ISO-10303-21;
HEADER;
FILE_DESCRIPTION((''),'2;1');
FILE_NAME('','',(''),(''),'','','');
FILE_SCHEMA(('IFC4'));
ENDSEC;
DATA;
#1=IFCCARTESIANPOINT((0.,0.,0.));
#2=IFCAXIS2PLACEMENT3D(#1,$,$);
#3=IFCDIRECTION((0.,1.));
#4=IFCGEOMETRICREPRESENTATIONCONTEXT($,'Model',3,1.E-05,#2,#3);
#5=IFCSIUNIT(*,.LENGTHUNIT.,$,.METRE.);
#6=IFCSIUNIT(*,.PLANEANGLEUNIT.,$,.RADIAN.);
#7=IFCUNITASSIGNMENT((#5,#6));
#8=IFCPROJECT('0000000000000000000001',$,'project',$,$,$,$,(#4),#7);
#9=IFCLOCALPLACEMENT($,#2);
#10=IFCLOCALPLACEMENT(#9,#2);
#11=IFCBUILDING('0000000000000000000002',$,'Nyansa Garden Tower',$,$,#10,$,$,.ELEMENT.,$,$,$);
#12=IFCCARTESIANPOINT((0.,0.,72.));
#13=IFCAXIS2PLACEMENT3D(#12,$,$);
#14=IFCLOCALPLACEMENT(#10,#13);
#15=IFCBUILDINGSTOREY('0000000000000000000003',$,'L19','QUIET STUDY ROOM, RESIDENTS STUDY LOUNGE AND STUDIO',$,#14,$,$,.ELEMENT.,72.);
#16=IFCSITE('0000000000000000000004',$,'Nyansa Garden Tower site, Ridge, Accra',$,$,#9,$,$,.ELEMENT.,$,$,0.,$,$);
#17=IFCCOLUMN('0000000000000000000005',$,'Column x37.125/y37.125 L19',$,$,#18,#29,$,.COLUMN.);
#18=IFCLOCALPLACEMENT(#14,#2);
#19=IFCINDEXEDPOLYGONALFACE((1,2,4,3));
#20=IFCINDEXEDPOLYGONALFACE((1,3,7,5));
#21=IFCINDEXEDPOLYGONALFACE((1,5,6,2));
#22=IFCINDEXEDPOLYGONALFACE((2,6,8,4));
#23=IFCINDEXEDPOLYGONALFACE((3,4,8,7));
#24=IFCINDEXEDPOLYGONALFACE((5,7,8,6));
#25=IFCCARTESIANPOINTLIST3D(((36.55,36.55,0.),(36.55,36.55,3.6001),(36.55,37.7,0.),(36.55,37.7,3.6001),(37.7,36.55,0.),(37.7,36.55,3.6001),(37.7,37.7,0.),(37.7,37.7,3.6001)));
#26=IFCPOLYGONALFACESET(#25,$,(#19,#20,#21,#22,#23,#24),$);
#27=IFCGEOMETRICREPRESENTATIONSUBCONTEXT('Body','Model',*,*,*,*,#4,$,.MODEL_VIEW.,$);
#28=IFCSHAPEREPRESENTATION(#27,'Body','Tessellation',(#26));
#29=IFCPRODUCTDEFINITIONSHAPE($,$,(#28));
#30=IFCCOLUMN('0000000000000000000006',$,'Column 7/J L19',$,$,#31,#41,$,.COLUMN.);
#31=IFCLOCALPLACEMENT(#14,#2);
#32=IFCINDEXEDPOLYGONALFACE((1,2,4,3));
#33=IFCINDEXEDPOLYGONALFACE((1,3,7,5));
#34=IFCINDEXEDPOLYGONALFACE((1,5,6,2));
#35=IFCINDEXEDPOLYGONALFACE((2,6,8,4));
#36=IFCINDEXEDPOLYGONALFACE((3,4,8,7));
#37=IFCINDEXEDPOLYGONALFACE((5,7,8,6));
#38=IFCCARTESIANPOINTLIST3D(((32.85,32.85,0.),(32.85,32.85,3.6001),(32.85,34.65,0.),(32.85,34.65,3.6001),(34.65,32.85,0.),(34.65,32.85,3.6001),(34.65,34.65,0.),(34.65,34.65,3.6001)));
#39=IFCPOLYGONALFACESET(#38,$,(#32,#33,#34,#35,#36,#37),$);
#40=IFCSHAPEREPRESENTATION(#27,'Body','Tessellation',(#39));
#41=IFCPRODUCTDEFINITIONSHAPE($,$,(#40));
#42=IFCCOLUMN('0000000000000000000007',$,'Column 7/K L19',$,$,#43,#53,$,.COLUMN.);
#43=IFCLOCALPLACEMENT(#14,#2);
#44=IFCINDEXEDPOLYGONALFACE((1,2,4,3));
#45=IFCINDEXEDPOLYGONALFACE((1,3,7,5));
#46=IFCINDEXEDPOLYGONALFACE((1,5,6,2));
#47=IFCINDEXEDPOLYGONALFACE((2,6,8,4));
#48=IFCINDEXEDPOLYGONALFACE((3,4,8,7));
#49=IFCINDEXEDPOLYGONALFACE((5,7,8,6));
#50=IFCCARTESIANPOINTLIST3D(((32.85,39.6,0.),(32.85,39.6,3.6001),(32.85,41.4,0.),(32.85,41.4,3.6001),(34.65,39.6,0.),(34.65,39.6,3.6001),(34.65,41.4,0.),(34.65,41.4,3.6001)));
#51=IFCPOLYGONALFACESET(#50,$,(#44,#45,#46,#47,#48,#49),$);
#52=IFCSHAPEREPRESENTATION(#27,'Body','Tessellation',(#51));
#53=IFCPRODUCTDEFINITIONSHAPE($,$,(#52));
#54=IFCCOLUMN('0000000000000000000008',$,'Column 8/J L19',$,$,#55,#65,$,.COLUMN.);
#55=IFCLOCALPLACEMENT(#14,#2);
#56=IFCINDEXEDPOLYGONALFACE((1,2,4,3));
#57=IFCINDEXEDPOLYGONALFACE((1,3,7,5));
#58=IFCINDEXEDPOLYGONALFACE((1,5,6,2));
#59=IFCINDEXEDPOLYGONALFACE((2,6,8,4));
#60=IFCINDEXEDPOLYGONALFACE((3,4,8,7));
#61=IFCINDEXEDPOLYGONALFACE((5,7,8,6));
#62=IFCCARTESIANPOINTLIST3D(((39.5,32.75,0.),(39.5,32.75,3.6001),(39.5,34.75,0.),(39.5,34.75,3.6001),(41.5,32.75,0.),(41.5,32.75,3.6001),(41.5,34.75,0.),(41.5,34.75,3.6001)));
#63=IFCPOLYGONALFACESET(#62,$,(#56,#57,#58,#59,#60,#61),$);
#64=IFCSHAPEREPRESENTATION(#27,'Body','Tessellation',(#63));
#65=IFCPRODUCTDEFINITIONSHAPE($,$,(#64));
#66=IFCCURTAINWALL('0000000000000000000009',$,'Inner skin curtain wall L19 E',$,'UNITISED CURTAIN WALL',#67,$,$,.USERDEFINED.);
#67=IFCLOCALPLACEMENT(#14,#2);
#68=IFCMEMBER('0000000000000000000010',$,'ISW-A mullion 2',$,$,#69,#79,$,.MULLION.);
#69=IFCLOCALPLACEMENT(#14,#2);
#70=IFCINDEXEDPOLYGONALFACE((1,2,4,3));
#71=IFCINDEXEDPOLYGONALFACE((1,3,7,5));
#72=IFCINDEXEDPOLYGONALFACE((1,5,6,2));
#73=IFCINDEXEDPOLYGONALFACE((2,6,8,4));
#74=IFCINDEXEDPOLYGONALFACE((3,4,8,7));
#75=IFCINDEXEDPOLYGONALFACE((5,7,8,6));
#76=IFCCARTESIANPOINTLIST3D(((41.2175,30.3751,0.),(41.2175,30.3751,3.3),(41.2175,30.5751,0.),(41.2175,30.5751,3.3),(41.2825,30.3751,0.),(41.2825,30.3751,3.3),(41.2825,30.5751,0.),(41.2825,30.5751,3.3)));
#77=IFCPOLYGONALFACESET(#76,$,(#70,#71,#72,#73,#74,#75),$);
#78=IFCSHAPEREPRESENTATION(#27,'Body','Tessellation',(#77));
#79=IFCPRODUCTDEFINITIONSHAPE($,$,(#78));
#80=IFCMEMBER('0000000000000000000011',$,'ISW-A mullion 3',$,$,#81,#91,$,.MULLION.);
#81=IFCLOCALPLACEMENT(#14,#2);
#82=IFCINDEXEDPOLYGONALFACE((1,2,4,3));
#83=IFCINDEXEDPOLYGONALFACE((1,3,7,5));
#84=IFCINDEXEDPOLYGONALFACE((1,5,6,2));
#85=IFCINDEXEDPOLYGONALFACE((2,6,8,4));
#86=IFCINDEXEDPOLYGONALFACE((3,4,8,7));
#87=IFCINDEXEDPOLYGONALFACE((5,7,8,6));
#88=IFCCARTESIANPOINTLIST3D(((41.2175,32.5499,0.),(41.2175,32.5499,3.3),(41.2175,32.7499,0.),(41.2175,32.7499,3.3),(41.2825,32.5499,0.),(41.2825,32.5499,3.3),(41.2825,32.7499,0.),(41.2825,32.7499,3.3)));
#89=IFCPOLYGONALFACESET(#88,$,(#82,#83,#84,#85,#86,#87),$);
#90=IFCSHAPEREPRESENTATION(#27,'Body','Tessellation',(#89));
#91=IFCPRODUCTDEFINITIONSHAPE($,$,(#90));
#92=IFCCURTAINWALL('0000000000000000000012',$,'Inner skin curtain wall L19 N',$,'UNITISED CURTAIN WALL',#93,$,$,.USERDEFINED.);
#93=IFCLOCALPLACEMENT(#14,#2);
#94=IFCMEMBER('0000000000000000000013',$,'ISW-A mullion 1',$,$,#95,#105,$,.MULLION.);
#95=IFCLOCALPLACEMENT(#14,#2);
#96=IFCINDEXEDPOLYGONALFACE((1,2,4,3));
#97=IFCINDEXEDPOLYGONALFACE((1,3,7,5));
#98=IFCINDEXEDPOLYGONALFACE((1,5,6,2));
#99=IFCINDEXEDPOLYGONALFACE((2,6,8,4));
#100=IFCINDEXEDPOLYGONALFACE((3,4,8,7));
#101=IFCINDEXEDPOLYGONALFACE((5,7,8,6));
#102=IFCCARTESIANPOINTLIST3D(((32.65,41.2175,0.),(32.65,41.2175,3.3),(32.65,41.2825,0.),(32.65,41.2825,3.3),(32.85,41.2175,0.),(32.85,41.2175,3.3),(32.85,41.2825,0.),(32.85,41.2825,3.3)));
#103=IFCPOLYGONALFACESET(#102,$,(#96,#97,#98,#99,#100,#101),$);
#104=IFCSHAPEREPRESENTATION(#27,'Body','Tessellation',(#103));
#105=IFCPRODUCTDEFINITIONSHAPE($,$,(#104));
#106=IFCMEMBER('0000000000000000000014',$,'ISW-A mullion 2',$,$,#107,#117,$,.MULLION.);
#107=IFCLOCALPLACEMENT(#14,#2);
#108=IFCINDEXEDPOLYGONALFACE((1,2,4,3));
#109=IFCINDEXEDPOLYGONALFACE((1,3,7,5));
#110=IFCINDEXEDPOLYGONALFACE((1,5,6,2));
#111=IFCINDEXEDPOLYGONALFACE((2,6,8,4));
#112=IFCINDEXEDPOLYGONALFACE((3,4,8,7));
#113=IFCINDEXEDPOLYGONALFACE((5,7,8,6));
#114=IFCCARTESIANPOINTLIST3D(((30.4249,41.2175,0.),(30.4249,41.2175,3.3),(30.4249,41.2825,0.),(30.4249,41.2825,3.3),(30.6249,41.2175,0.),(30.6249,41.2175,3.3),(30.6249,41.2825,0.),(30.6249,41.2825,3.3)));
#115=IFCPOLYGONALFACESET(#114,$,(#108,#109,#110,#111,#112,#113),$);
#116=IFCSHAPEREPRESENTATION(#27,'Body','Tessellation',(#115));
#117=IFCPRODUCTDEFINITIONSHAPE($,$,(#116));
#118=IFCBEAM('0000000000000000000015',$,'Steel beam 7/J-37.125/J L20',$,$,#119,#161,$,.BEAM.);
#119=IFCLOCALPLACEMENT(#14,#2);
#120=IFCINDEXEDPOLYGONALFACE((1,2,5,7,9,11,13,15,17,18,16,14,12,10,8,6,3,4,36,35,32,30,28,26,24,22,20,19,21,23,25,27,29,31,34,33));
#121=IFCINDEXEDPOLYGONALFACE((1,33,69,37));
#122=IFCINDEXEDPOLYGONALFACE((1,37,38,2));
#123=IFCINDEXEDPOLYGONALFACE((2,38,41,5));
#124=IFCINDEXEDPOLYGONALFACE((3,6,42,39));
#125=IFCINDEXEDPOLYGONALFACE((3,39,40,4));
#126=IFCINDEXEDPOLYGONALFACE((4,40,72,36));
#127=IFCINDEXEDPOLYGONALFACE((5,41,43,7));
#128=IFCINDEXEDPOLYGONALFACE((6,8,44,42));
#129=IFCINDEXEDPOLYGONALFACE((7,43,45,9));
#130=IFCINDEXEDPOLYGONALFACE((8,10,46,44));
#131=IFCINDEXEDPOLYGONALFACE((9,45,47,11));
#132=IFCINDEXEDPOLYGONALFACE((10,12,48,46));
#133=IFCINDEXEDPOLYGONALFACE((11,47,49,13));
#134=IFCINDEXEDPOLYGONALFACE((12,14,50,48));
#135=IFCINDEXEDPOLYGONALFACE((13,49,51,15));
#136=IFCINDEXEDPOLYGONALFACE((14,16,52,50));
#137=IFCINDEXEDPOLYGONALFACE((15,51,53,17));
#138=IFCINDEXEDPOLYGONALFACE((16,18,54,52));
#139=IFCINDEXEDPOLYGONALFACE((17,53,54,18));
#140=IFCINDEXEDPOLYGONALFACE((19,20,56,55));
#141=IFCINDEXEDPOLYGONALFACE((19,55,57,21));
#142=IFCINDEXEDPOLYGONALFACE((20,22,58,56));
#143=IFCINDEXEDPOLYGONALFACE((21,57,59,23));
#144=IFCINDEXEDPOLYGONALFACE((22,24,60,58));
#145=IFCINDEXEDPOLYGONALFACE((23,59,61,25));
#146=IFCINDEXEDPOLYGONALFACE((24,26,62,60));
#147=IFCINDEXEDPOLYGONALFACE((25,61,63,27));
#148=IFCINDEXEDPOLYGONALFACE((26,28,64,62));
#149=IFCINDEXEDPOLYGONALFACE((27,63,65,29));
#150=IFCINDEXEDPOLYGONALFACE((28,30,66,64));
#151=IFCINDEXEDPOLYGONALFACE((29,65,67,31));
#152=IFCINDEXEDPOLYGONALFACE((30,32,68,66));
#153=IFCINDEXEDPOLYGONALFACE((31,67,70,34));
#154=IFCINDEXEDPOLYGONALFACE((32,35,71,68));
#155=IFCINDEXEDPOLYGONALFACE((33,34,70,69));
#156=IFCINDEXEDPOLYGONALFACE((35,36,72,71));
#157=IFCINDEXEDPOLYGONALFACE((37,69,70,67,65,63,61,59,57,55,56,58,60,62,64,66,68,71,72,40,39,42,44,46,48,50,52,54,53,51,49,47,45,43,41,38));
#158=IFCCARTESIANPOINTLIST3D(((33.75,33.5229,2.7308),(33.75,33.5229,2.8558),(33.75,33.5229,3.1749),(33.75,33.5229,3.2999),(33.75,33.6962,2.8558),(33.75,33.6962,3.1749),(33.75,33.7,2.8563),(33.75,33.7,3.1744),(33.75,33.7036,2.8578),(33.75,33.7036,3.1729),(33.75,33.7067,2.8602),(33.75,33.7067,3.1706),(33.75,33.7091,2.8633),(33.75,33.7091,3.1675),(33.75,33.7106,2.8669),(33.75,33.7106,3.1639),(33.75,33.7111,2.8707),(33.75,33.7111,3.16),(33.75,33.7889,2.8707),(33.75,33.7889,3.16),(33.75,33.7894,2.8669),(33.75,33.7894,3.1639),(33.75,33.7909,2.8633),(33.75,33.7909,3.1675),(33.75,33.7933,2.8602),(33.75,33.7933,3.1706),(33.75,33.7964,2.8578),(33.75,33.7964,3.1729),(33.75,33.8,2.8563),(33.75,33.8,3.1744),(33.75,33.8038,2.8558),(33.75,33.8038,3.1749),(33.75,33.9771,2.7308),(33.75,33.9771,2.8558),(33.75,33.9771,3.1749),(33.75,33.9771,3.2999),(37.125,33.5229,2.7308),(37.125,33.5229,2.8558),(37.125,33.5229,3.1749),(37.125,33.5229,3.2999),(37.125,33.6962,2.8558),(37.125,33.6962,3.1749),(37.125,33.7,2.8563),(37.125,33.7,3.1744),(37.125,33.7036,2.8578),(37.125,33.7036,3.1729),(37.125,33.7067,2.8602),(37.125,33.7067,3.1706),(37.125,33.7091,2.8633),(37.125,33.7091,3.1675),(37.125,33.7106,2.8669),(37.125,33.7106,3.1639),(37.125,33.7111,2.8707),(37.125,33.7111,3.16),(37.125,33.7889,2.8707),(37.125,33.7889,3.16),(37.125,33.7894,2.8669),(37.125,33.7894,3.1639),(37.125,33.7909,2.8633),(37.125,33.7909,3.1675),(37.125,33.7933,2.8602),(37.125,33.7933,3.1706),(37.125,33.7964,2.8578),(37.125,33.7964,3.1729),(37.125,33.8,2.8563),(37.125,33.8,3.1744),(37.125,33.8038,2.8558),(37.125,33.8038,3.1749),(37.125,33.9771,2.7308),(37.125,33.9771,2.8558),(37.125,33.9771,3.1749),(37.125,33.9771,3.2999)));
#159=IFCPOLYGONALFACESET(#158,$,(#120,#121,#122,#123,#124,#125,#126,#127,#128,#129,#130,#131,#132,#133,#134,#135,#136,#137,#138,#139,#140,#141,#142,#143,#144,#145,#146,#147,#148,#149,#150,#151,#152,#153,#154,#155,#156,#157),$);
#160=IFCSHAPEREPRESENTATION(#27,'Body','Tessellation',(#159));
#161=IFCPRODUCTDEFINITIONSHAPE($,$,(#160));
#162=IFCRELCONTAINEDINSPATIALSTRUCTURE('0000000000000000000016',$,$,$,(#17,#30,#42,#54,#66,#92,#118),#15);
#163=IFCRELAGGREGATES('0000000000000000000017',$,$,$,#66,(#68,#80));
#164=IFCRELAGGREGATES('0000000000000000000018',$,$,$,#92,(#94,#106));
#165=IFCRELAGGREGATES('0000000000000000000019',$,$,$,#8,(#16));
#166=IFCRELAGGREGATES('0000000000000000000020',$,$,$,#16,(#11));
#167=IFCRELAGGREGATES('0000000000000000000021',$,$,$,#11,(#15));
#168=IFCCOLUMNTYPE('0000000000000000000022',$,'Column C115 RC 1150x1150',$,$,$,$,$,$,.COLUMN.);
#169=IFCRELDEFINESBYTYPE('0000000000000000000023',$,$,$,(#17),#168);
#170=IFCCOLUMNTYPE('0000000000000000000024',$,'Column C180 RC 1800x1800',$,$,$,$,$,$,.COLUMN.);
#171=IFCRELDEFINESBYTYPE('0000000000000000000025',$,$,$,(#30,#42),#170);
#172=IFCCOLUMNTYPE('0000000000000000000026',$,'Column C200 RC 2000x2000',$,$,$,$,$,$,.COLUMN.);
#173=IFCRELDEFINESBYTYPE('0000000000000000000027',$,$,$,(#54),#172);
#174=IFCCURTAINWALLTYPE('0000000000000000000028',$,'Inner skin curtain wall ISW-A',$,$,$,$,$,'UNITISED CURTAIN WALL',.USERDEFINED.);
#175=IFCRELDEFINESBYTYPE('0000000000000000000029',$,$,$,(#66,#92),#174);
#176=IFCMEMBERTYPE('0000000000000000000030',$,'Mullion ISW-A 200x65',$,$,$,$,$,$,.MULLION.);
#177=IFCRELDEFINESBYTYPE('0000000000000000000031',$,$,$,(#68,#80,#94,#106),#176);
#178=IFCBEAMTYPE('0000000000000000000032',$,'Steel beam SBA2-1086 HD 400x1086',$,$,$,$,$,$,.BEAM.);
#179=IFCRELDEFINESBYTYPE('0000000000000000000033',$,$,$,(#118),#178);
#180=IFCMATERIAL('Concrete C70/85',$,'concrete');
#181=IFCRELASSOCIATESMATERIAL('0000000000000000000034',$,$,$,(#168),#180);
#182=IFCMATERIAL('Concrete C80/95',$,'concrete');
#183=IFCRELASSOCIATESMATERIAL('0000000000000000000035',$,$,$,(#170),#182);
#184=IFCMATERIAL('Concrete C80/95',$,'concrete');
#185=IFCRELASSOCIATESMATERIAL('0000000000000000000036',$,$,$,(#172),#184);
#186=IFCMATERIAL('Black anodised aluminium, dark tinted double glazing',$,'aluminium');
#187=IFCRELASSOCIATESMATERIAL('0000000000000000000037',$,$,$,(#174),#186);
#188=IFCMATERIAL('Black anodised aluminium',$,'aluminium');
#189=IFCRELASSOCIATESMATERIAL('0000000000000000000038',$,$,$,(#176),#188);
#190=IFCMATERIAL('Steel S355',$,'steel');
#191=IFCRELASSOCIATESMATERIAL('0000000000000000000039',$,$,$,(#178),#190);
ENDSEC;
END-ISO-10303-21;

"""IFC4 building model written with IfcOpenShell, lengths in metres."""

from ifc_helpers import new_model, si_unit, direction, frame, origin, origin_2d, place, context, subcontext, project, spatial, rectangle, i_section, extrude, material, material_profile, profile_set, type_object, element, aggregate, save


model = new_model("IFC4")

# Units and contexts
model_context = context("Model", 3, precision=1e-05, world=origin(), true_north=direction((0.0, 1.0)))
body_context = subcontext(model_context, "Body", "Model", "MODEL_VIEW")
ifc_project = project(units=[si_unit("LENGTHUNIT", "METRE"), si_unit("PLANEANGLEUNIT", "RADIAN")], contexts=[model_context])

# Site, building, storey
site_placement = place(None, origin())
site = spatial("IfcSite", under=ifc_project, at=site_placement, Name="Nyansa Garden Tower site, Ridge, Accra", CompositionType="ELEMENT", RefElevation=0.0)
building_placement = place(site_placement, origin())
building = spatial("IfcBuilding", under=site, at=building_placement, Name="Nyansa Garden Tower", CompositionType="ELEMENT")
storey_placement = place(building_placement, frame((0.0, 0.0, 72.0)))
storey = spatial("IfcBuildingStorey", under=building, at=storey_placement, Name="L19", Description="QUIET STUDY ROOM, RESIDENTS STUDY LOUNGE AND STUDIO", CompositionType="ELEMENT", Elevation=72.0)

# Columns
ifc_material_1 = material(Name="Concrete C70/85", Category="concrete")
ifc_material_profile_1 = material_profile(ifc_material_1, rectangle(XDim=1.1499, YDim=1.1499, at=origin_2d()), Name="RC 1150x1150")
ifc_profile_set_1 = profile_set([ifc_material_profile_1], Name="Concrete C70/85")
column_type_1 = type_object("IfcColumnType", Name="Column C115 RC 1150x1150", PredefinedType="COLUMN", material=ifc_profile_set_1)
column_1_placement = place(storey_placement, frame((37.125, 37.125, 0.0), z_axis=(0.0, 0.0, 1.0), x_axis=(1.0, 0.0, 0.0)))
element("IfcColumn", 1, at=column_1_placement, inside=storey, type_object=column_type_1, Name="Column x37.125/y37.125 L19", PredefinedType="COLUMN", context=body_context, shape_type="SweptSolid", body=[
    extrude(rectangle(XDim=1.1499, YDim=1.1499, at=origin_2d()), origin(), (0.0, 0.0, 1.0), 3.6001),
])
ifc_material_2 = material(Name="Concrete C80/95", Category="concrete")
ifc_material_profile_2 = material_profile(ifc_material_2, rectangle(XDim=1.8, YDim=1.8, at=origin_2d()), Name="RC 1800x1800")
ifc_profile_set_2 = profile_set([ifc_material_profile_2], Name="Concrete C80/95")
column_type_2 = type_object("IfcColumnType", Name="Column C180 RC 1800x1800", PredefinedType="COLUMN", material=ifc_profile_set_2)
for number, where, z_axis, x_axis, name in (
    (2, (33.75, 33.75, 0.0), (0.0, 0.0, 1.0), (1.0, 0.0, 0.0), "Column 7/J L19"),
    (3, (33.75, 40.5, 0.0), (0.0, 0.0, 1.0), (1.0, 0.0, 0.0), "Column 7/K L19"),
):
    element("IfcColumn", number, at=place(storey_placement, frame(where, z_axis=z_axis, x_axis=x_axis)), inside=storey, type_object=column_type_2, Name=name, PredefinedType="COLUMN", context=body_context, shape_type="SweptSolid", body=[
        extrude(rectangle(XDim=1.8, YDim=1.8, at=origin_2d()), origin(), (0.0, 0.0, 1.0), 3.6001),
    ])
ifc_material_3 = material(Name="Concrete C80/95", Category="concrete")
ifc_material_profile_3 = material_profile(ifc_material_3, rectangle(XDim=2.0, YDim=2.0, at=origin_2d()), Name="RC 2000x2000")
ifc_profile_set_3 = profile_set([ifc_material_profile_3], Name="Concrete C80/95")
column_type_3 = type_object("IfcColumnType", Name="Column C200 RC 2000x2000", PredefinedType="COLUMN", material=ifc_profile_set_3)
column_2_placement = place(storey_placement, frame((40.5, 33.75, 0.0), z_axis=(0.0, 0.0, 1.0), x_axis=(1.0, 0.0, 0.0)))
element("IfcColumn", 4, at=column_2_placement, inside=storey, type_object=column_type_3, Name="Column 8/J L19", PredefinedType="COLUMN", context=body_context, shape_type="SweptSolid", body=[
    extrude(rectangle(XDim=2.0, YDim=2.0, at=origin_2d()), origin(), (0.0, 0.0, 1.0), 3.6001),
])

# Curtain walls, members
ifc_material_4 = material(Name="Black anodised aluminium, dark tinted double glazing", Category="aluminium")
curtain_wall_type = type_object("IfcCurtainWallType", Name="Inner skin curtain wall ISW-A", ElementType="UNITISED CURTAIN WALL", PredefinedType="USERDEFINED", material=ifc_material_4)
curtain_wall_1_placement = place(storey_placement, origin())
curtain_wall_1 = element("IfcCurtainWall", 5, at=curtain_wall_1_placement, inside=storey, type_object=curtain_wall_type, Name="Inner skin curtain wall L19 E", ObjectType="UNITISED CURTAIN WALL", PredefinedType="USERDEFINED")
ifc_material_5 = material(Name="Black anodised aluminium", Category="aluminium")
ifc_material_profile_4 = material_profile(ifc_material_5, rectangle(XDim=0.0649, YDim=0.2, at=origin_2d()), Name="Mullion 200x65")
ifc_profile_set_4 = profile_set([ifc_material_profile_4], Name="Black anodised aluminium")
member_type_1 = type_object("IfcMemberType", Name="Mullion ISW-A 200x65", PredefinedType="MULLION", material=ifc_profile_set_4)
member_1_placement = place(storey_placement, frame((41.25, 30.4751, 0.0), z_axis=(0.0, 0.0, 1.0), x_axis=(-1.0, 0.0, 0.0)))
member_1 = element("IfcMember", 6, at=member_1_placement, type_object=member_type_1, Name="ISW-A mullion 2", PredefinedType="MULLION", context=body_context, shape_type="SweptSolid", body=[
    extrude(rectangle(XDim=0.0649, YDim=0.2, at=origin_2d()), origin(), (0.0, 0.0, 1.0), 3.3),
])
member_2_placement = place(storey_placement, frame((41.25, 32.6499, 0.0), z_axis=(0.0, 0.0, 1.0), x_axis=(-1.0, 0.0, 0.0)))
member_2 = element("IfcMember", 7, at=member_2_placement, type_object=member_type_1, Name="ISW-A mullion 3", PredefinedType="MULLION", context=body_context, shape_type="SweptSolid", body=[
    extrude(rectangle(XDim=0.0649, YDim=0.2, at=origin_2d()), origin(), (0.0, 0.0, 1.0), 3.3),
])
curtain_wall_2_placement = place(storey_placement, origin())
curtain_wall_2 = element("IfcCurtainWall", 8, at=curtain_wall_2_placement, inside=storey, type_object=curtain_wall_type, Name="Inner skin curtain wall L19 N", ObjectType="UNITISED CURTAIN WALL", PredefinedType="USERDEFINED")
member_3_placement = place(storey_placement, frame((32.75, 41.25, 0.0), z_axis=(0.0, 0.0, 1.0), x_axis=(0.0, -1.0, 0.0)))
member_3 = element("IfcMember", 9, at=member_3_placement, type_object=member_type_1, Name="ISW-A mullion 1", PredefinedType="MULLION", context=body_context, shape_type="SweptSolid", body=[
    extrude(rectangle(XDim=0.0649, YDim=0.2, at=origin_2d()), origin(), (0.0, 0.0, 1.0), 3.3),
])
member_4_placement = place(storey_placement, frame((30.5249, 41.25, 0.0), z_axis=(0.0, 0.0, 1.0), x_axis=(0.0, -1.0, 0.0)))
member_4 = element("IfcMember", 10, at=member_4_placement, type_object=member_type_1, Name="ISW-A mullion 2", PredefinedType="MULLION", context=body_context, shape_type="SweptSolid", body=[
    extrude(rectangle(XDim=0.0649, YDim=0.2, at=origin_2d()), origin(), (0.0, 0.0, 1.0), 3.3),
])

# Beam
ifc_material_6 = material(Name="Steel S355", Category="steel")
ifc_material_profile_5 = material_profile(ifc_material_6, i_section(OverallWidth=0.4541, OverallDepth=0.5691, WebThickness=0.0779, FlangeThickness=0.125, FilletRadius=0.0149, at=origin_2d()), Name="HD 400x1086")
ifc_profile_set_5 = profile_set([ifc_material_profile_5], Name="Steel S355")
beam_type_1 = type_object("IfcBeamType", Name="Steel beam SBA2-1086 HD 400x1086", PredefinedType="BEAM", material=ifc_profile_set_5)
beam_1_placement = place(storey_placement, frame((33.75, 33.75, 3.0154), z_axis=(1.0, 0.0, 0.0), x_axis=(0.0, 1.0, 0.0)))
element("IfcBeam", 11, at=beam_1_placement, inside=storey, type_object=beam_type_1, Name="Steel beam 7/J-37.125/J L20", PredefinedType="BEAM", context=body_context, shape_type="SweptSolid", body=[
    extrude(i_section(OverallWidth=0.4541, OverallDepth=0.5691, WebThickness=0.0779, FlangeThickness=0.125, FilletRadius=0.0149, at=origin_2d()), origin(), (0.0, 0.0, 1.0), 3.375),
])

aggregate(curtain_wall_1, [member_1, member_2])
aggregate(curtain_wall_2, [member_3, member_4])

save(model, "model.ifc")
